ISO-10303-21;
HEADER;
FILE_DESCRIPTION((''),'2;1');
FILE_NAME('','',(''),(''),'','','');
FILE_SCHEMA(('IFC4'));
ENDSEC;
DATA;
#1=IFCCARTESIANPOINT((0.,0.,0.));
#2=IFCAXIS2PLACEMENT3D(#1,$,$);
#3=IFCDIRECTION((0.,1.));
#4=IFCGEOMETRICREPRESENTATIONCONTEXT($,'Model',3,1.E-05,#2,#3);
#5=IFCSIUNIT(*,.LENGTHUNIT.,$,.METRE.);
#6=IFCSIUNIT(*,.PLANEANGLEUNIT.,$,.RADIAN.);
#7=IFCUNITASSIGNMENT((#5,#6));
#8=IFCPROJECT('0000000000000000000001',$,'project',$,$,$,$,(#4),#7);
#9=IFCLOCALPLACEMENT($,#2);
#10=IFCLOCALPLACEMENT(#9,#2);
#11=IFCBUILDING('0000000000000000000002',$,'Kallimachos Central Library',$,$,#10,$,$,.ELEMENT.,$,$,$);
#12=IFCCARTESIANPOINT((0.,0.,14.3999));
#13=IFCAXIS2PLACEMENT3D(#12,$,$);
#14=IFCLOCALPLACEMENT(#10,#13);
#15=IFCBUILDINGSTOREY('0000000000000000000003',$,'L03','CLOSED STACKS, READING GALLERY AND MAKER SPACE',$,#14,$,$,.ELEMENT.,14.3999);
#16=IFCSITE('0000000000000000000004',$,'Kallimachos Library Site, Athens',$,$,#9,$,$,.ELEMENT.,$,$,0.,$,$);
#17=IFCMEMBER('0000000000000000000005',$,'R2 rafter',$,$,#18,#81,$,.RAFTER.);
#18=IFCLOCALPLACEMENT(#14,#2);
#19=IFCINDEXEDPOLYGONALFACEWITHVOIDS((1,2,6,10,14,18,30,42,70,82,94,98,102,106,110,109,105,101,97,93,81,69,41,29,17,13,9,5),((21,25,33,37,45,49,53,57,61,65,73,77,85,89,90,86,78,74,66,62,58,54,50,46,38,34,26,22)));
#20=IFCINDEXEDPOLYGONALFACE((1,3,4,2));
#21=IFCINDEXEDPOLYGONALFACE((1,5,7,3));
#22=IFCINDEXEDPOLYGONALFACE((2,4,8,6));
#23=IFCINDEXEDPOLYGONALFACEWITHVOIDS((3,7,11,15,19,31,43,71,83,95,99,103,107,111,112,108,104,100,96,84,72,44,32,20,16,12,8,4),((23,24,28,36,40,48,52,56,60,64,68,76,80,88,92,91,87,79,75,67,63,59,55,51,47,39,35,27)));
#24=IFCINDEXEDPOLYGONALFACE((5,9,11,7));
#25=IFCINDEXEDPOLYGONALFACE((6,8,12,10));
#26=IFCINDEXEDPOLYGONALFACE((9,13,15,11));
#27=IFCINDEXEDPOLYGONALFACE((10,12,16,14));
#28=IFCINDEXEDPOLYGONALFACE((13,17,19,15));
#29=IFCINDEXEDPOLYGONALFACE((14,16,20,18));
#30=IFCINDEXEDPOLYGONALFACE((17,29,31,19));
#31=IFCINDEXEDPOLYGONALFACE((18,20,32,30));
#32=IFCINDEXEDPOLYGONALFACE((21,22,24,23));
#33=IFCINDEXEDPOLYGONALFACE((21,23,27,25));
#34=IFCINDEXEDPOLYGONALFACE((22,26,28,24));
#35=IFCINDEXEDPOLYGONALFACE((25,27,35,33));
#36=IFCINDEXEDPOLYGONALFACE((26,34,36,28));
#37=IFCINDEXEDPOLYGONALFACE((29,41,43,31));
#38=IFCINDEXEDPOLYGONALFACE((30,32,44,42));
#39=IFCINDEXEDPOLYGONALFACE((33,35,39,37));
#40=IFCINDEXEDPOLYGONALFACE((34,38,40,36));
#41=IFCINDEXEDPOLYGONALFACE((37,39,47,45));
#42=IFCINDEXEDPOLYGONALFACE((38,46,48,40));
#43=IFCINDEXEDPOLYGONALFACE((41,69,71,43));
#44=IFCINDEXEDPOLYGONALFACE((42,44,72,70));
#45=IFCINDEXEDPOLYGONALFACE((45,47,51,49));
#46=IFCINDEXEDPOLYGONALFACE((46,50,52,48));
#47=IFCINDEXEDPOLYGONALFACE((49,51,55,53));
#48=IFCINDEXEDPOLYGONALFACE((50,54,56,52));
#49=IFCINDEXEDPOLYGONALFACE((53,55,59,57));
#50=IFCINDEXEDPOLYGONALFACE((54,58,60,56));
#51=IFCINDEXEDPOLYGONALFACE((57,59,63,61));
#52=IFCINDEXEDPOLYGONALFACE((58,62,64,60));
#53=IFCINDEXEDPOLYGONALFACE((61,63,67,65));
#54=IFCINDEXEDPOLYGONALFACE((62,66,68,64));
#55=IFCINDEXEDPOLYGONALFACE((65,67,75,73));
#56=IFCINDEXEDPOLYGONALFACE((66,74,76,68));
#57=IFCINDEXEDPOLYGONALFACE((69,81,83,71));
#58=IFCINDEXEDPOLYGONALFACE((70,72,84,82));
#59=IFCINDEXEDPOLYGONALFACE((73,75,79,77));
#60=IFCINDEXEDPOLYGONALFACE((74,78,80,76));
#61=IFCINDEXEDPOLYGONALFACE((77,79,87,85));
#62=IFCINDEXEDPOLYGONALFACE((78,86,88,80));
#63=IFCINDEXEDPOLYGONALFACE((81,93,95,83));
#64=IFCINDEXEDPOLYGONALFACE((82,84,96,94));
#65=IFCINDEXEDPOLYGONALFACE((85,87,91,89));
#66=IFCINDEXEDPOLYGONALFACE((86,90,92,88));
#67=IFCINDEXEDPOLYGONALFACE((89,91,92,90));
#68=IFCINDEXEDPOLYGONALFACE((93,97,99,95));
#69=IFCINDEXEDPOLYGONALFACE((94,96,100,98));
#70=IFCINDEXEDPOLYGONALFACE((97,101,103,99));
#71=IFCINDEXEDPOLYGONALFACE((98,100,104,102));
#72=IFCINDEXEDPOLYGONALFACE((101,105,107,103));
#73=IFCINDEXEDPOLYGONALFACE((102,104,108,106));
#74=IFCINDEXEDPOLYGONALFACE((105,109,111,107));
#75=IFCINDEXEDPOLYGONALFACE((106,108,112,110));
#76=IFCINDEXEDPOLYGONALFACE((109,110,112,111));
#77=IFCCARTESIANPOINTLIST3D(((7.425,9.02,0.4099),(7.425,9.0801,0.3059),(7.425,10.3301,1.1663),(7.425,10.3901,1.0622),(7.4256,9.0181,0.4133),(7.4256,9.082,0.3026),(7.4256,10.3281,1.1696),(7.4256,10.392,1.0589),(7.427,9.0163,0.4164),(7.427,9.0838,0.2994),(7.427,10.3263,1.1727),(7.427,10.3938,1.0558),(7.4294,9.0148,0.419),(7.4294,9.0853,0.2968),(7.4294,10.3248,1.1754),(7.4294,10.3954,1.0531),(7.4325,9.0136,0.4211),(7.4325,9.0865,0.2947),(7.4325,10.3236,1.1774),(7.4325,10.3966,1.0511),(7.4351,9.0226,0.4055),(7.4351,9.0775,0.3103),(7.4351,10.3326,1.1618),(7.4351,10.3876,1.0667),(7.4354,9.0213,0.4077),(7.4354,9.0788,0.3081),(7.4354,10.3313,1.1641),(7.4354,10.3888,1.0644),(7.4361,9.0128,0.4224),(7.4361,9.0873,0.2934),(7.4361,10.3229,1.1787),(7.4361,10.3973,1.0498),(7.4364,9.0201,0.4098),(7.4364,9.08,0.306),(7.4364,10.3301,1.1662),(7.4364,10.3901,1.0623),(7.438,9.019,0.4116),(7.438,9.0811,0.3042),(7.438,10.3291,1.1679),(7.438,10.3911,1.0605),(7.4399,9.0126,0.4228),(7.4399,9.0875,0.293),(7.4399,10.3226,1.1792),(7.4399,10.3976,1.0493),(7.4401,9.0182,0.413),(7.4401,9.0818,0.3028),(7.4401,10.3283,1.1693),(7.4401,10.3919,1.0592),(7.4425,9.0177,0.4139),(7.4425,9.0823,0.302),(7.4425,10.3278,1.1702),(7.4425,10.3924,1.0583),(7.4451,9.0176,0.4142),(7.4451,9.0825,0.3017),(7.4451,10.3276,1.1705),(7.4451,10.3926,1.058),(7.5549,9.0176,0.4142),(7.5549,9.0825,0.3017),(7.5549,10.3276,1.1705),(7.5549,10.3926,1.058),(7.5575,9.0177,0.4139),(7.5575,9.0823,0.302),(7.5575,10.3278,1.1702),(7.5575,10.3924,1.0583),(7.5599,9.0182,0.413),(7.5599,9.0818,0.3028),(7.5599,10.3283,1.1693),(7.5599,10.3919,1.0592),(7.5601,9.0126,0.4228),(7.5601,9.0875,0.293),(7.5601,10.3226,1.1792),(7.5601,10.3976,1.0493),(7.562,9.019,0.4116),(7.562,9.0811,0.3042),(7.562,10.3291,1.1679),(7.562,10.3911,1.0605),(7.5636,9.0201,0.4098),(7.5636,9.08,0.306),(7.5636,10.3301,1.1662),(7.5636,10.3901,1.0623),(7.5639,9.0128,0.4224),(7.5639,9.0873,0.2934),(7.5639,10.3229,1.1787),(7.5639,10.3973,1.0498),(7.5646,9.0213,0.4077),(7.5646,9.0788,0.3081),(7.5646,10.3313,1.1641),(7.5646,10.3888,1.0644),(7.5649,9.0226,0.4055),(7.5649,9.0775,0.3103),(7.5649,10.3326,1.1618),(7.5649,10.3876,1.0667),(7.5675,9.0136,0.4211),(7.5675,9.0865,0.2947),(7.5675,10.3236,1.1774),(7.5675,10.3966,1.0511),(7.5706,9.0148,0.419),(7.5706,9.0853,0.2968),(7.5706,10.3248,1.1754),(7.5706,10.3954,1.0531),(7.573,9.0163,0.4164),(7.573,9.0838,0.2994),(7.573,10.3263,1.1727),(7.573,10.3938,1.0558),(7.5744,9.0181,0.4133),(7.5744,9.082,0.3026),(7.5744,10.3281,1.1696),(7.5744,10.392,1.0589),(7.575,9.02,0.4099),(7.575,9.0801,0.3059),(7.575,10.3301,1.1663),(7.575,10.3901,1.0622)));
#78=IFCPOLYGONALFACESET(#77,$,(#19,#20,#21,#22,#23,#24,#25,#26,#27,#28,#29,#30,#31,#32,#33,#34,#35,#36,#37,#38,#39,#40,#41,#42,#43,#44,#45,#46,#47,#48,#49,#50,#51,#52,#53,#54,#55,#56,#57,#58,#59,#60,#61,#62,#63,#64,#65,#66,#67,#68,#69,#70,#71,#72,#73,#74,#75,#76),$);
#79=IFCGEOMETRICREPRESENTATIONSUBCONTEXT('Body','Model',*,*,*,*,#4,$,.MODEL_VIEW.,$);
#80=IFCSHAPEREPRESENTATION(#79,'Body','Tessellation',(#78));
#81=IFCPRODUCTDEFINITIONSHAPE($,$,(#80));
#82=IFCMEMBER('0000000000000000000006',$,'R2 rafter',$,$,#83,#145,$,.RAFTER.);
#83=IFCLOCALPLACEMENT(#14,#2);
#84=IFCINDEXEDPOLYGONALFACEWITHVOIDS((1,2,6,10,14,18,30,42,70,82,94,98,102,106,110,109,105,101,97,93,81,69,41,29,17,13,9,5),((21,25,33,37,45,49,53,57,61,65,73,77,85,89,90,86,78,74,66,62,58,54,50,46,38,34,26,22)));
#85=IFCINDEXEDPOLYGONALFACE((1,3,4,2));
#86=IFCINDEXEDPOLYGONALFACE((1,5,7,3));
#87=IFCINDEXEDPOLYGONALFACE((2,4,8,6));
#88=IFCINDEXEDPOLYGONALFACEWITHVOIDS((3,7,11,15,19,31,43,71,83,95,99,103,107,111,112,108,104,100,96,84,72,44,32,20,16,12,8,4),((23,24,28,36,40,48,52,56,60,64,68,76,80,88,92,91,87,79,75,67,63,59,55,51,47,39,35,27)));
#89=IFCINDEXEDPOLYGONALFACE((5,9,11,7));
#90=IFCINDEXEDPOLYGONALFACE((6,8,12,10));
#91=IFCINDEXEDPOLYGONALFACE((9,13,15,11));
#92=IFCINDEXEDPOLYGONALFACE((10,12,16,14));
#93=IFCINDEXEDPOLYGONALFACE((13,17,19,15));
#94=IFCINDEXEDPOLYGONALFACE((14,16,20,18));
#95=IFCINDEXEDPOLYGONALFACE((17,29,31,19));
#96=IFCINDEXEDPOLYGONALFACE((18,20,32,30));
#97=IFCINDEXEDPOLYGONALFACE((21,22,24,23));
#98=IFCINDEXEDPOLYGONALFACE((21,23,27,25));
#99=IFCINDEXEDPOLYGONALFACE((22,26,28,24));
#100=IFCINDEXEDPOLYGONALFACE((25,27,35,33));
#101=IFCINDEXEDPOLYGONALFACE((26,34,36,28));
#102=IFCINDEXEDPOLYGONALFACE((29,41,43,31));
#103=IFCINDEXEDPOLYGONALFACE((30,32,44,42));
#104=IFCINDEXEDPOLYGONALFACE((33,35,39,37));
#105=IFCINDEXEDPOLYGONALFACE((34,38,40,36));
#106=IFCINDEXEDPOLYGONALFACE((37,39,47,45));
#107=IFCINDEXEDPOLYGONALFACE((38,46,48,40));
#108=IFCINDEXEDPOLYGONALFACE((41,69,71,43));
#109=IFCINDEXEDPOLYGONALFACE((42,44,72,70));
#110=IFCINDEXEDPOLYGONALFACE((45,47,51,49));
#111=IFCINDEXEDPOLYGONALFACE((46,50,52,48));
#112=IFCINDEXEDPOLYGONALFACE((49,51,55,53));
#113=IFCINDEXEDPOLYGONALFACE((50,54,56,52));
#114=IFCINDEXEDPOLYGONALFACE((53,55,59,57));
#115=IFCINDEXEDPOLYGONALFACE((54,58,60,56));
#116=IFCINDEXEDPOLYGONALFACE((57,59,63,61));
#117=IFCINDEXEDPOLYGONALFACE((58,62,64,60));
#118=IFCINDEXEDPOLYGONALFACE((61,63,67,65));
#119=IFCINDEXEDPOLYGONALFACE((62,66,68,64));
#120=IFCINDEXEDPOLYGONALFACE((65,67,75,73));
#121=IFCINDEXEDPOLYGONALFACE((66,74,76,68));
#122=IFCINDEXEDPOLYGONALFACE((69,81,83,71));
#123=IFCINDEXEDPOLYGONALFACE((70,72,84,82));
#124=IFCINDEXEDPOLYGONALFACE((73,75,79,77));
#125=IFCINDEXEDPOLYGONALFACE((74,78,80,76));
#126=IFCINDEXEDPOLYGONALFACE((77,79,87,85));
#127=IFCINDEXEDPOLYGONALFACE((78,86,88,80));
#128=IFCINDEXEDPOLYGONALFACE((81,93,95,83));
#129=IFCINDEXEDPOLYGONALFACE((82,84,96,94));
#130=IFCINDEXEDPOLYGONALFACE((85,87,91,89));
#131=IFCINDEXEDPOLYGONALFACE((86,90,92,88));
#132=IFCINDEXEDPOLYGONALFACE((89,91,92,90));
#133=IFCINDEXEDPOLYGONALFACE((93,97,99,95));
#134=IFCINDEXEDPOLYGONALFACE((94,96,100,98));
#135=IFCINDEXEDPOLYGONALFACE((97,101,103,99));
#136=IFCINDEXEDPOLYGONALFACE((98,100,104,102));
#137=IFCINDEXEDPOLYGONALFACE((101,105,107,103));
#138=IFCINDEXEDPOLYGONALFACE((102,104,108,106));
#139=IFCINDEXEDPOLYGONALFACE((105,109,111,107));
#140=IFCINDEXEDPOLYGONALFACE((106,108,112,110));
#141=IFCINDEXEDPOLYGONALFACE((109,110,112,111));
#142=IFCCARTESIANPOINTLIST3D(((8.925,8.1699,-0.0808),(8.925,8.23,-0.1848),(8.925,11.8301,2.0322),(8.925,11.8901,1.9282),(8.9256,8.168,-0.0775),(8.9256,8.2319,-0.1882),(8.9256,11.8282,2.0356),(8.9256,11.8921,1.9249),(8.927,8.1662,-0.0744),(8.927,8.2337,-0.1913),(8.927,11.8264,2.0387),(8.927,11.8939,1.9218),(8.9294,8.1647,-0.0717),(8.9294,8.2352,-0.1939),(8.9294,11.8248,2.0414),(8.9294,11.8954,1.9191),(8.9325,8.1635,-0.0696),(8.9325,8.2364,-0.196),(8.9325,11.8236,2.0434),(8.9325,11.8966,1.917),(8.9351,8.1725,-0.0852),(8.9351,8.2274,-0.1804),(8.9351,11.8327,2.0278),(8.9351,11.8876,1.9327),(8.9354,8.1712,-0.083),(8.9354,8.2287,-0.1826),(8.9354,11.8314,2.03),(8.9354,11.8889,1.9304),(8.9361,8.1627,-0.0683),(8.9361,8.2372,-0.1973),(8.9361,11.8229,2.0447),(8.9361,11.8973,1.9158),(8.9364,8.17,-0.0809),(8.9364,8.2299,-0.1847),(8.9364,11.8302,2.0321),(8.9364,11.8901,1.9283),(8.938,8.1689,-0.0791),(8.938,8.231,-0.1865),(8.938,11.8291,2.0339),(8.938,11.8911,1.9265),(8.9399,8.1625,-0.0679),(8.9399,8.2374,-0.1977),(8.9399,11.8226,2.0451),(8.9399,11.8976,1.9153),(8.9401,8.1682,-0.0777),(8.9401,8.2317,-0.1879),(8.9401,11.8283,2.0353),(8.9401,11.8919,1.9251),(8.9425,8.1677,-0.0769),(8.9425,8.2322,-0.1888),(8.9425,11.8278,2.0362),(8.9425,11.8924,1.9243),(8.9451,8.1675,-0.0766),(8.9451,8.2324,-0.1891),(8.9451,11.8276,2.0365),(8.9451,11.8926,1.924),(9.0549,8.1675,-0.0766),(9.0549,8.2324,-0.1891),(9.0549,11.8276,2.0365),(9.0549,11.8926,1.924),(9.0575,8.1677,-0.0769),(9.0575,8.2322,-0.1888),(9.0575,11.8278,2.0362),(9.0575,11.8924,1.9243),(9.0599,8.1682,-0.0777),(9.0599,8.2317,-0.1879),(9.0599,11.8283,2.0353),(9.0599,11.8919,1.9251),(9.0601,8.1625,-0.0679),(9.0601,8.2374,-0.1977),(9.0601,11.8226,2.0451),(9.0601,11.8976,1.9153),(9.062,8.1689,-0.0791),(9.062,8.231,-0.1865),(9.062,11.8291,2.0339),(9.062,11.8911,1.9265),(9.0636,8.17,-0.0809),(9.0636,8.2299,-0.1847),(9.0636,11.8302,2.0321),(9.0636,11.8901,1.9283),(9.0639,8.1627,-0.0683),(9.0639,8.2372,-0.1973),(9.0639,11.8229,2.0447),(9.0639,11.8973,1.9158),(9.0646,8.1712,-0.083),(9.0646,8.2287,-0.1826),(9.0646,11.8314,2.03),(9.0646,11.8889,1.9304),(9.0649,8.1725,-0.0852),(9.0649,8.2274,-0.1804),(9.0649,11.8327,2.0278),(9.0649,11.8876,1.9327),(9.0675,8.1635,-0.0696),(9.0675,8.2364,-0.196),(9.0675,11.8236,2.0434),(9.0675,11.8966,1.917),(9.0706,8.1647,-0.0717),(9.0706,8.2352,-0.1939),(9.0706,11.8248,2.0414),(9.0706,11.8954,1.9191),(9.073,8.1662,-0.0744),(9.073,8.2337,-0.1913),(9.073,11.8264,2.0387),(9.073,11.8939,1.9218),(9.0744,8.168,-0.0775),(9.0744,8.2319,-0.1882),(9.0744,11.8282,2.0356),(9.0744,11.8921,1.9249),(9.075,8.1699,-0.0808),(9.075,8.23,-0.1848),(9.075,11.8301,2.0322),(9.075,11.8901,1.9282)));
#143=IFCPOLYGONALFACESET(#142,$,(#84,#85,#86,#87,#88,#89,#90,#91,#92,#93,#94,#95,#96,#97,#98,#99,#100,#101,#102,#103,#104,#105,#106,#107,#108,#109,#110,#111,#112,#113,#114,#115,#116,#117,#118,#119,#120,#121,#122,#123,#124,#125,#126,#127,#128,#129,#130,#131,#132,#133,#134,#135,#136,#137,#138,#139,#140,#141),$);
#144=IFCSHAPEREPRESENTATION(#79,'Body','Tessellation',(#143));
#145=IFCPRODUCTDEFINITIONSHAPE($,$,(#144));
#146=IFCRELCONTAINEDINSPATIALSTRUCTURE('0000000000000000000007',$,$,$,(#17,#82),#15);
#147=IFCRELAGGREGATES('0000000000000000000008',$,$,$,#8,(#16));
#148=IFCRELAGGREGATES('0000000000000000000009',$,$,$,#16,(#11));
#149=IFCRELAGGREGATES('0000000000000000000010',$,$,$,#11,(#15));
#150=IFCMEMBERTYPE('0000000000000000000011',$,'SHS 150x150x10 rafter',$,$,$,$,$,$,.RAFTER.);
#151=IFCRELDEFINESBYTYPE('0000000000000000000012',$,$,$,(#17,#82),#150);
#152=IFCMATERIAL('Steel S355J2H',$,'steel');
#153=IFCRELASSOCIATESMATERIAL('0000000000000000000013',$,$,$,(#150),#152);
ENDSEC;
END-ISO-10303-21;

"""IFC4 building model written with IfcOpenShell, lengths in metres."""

from ifc_helpers import new_model, si_unit, direction, frame, origin, origin_2d, place, context, subcontext, project, spatial, hollow_rectangle, extrude, material, material_profile, profile_set, type_object, element, save


model = new_model("IFC4")

# Units and contexts
model_context = context("Model", 3, precision=1e-05, world=origin(), true_north=direction((0.0, 1.0)))
body_context = subcontext(model_context, "Body", "Model", "MODEL_VIEW")
ifc_project = project(units=[si_unit("LENGTHUNIT", "METRE"), si_unit("PLANEANGLEUNIT", "RADIAN")], contexts=[model_context])

# Site, building, storey
site_placement = place(None, origin())
site = spatial("IfcSite", under=ifc_project, at=site_placement, Name="Kallimachos Library Site, Athens", CompositionType="ELEMENT", RefElevation=0.0)
building_placement = place(site_placement, origin())
building = spatial("IfcBuilding", under=site, at=building_placement, Name="Kallimachos Central Library", CompositionType="ELEMENT")
storey_placement = place(building_placement, frame((0.0, 0.0, 14.3999)))
storey = spatial("IfcBuildingStorey", under=building, at=storey_placement, Name="L03", Description="CLOSED STACKS, READING GALLERY AND MAKER SPACE", CompositionType="ELEMENT", Elevation=14.3999)

# Members
ifc_material_1 = material(Name="Steel S355J2H", Category="steel")
ifc_material_profile_1 = material_profile(ifc_material_1, hollow_rectangle(XDim=0.1499, YDim=0.1499, WallThickness=0.01, InnerFilletRadius=0.01, OuterFilletRadius=0.0149, at=origin_2d()), Name="SHS 150x150x10")
ifc_profile_set_1 = profile_set([ifc_material_profile_1], Name="Steel S355J2H")
member_type_1 = type_object("IfcMemberType", Name="SHS 150x150x10 rafter", PredefinedType="RAFTER", material=ifc_profile_set_1)
member_1_placement = place(storey_placement, frame((7.5, 9.05, 0.3579), z_axis=(0.0, 0.86603, 0.499993), x_axis=(-1.0, 0.0, 0.0)))
element("IfcMember", 1, at=member_1_placement, inside=storey, type_object=member_type_1, Name="R2 rafter", PredefinedType="RAFTER", context=body_context, shape_type="SweptSolid", body=[
    extrude(hollow_rectangle(XDim=0.1499, YDim=0.1499, WallThickness=0.01, InnerFilletRadius=0.01, OuterFilletRadius=0.0149, at=origin_2d()), origin(), (0.0, 0.0, 1.0), 1.5127),
])
member_2_placement = place(storey_placement, frame((9.0, 8.2, -0.1328), z_axis=(0.0, 0.866041, 0.499972), x_axis=(-1.0, 0.0, 0.0)))
element("IfcMember", 2, at=member_2_placement, inside=storey, type_object=member_type_1, Name="R2 rafter", PredefinedType="RAFTER", context=body_context, shape_type="SweptSolid", body=[
    extrude(hollow_rectangle(XDim=0.1499, YDim=0.1499, WallThickness=0.01, InnerFilletRadius=0.01, OuterFilletRadius=0.0149, at=origin_2d()), origin(), (0.0, 0.0, 1.0), 4.2263),
])

save(model, "model.ifc")
